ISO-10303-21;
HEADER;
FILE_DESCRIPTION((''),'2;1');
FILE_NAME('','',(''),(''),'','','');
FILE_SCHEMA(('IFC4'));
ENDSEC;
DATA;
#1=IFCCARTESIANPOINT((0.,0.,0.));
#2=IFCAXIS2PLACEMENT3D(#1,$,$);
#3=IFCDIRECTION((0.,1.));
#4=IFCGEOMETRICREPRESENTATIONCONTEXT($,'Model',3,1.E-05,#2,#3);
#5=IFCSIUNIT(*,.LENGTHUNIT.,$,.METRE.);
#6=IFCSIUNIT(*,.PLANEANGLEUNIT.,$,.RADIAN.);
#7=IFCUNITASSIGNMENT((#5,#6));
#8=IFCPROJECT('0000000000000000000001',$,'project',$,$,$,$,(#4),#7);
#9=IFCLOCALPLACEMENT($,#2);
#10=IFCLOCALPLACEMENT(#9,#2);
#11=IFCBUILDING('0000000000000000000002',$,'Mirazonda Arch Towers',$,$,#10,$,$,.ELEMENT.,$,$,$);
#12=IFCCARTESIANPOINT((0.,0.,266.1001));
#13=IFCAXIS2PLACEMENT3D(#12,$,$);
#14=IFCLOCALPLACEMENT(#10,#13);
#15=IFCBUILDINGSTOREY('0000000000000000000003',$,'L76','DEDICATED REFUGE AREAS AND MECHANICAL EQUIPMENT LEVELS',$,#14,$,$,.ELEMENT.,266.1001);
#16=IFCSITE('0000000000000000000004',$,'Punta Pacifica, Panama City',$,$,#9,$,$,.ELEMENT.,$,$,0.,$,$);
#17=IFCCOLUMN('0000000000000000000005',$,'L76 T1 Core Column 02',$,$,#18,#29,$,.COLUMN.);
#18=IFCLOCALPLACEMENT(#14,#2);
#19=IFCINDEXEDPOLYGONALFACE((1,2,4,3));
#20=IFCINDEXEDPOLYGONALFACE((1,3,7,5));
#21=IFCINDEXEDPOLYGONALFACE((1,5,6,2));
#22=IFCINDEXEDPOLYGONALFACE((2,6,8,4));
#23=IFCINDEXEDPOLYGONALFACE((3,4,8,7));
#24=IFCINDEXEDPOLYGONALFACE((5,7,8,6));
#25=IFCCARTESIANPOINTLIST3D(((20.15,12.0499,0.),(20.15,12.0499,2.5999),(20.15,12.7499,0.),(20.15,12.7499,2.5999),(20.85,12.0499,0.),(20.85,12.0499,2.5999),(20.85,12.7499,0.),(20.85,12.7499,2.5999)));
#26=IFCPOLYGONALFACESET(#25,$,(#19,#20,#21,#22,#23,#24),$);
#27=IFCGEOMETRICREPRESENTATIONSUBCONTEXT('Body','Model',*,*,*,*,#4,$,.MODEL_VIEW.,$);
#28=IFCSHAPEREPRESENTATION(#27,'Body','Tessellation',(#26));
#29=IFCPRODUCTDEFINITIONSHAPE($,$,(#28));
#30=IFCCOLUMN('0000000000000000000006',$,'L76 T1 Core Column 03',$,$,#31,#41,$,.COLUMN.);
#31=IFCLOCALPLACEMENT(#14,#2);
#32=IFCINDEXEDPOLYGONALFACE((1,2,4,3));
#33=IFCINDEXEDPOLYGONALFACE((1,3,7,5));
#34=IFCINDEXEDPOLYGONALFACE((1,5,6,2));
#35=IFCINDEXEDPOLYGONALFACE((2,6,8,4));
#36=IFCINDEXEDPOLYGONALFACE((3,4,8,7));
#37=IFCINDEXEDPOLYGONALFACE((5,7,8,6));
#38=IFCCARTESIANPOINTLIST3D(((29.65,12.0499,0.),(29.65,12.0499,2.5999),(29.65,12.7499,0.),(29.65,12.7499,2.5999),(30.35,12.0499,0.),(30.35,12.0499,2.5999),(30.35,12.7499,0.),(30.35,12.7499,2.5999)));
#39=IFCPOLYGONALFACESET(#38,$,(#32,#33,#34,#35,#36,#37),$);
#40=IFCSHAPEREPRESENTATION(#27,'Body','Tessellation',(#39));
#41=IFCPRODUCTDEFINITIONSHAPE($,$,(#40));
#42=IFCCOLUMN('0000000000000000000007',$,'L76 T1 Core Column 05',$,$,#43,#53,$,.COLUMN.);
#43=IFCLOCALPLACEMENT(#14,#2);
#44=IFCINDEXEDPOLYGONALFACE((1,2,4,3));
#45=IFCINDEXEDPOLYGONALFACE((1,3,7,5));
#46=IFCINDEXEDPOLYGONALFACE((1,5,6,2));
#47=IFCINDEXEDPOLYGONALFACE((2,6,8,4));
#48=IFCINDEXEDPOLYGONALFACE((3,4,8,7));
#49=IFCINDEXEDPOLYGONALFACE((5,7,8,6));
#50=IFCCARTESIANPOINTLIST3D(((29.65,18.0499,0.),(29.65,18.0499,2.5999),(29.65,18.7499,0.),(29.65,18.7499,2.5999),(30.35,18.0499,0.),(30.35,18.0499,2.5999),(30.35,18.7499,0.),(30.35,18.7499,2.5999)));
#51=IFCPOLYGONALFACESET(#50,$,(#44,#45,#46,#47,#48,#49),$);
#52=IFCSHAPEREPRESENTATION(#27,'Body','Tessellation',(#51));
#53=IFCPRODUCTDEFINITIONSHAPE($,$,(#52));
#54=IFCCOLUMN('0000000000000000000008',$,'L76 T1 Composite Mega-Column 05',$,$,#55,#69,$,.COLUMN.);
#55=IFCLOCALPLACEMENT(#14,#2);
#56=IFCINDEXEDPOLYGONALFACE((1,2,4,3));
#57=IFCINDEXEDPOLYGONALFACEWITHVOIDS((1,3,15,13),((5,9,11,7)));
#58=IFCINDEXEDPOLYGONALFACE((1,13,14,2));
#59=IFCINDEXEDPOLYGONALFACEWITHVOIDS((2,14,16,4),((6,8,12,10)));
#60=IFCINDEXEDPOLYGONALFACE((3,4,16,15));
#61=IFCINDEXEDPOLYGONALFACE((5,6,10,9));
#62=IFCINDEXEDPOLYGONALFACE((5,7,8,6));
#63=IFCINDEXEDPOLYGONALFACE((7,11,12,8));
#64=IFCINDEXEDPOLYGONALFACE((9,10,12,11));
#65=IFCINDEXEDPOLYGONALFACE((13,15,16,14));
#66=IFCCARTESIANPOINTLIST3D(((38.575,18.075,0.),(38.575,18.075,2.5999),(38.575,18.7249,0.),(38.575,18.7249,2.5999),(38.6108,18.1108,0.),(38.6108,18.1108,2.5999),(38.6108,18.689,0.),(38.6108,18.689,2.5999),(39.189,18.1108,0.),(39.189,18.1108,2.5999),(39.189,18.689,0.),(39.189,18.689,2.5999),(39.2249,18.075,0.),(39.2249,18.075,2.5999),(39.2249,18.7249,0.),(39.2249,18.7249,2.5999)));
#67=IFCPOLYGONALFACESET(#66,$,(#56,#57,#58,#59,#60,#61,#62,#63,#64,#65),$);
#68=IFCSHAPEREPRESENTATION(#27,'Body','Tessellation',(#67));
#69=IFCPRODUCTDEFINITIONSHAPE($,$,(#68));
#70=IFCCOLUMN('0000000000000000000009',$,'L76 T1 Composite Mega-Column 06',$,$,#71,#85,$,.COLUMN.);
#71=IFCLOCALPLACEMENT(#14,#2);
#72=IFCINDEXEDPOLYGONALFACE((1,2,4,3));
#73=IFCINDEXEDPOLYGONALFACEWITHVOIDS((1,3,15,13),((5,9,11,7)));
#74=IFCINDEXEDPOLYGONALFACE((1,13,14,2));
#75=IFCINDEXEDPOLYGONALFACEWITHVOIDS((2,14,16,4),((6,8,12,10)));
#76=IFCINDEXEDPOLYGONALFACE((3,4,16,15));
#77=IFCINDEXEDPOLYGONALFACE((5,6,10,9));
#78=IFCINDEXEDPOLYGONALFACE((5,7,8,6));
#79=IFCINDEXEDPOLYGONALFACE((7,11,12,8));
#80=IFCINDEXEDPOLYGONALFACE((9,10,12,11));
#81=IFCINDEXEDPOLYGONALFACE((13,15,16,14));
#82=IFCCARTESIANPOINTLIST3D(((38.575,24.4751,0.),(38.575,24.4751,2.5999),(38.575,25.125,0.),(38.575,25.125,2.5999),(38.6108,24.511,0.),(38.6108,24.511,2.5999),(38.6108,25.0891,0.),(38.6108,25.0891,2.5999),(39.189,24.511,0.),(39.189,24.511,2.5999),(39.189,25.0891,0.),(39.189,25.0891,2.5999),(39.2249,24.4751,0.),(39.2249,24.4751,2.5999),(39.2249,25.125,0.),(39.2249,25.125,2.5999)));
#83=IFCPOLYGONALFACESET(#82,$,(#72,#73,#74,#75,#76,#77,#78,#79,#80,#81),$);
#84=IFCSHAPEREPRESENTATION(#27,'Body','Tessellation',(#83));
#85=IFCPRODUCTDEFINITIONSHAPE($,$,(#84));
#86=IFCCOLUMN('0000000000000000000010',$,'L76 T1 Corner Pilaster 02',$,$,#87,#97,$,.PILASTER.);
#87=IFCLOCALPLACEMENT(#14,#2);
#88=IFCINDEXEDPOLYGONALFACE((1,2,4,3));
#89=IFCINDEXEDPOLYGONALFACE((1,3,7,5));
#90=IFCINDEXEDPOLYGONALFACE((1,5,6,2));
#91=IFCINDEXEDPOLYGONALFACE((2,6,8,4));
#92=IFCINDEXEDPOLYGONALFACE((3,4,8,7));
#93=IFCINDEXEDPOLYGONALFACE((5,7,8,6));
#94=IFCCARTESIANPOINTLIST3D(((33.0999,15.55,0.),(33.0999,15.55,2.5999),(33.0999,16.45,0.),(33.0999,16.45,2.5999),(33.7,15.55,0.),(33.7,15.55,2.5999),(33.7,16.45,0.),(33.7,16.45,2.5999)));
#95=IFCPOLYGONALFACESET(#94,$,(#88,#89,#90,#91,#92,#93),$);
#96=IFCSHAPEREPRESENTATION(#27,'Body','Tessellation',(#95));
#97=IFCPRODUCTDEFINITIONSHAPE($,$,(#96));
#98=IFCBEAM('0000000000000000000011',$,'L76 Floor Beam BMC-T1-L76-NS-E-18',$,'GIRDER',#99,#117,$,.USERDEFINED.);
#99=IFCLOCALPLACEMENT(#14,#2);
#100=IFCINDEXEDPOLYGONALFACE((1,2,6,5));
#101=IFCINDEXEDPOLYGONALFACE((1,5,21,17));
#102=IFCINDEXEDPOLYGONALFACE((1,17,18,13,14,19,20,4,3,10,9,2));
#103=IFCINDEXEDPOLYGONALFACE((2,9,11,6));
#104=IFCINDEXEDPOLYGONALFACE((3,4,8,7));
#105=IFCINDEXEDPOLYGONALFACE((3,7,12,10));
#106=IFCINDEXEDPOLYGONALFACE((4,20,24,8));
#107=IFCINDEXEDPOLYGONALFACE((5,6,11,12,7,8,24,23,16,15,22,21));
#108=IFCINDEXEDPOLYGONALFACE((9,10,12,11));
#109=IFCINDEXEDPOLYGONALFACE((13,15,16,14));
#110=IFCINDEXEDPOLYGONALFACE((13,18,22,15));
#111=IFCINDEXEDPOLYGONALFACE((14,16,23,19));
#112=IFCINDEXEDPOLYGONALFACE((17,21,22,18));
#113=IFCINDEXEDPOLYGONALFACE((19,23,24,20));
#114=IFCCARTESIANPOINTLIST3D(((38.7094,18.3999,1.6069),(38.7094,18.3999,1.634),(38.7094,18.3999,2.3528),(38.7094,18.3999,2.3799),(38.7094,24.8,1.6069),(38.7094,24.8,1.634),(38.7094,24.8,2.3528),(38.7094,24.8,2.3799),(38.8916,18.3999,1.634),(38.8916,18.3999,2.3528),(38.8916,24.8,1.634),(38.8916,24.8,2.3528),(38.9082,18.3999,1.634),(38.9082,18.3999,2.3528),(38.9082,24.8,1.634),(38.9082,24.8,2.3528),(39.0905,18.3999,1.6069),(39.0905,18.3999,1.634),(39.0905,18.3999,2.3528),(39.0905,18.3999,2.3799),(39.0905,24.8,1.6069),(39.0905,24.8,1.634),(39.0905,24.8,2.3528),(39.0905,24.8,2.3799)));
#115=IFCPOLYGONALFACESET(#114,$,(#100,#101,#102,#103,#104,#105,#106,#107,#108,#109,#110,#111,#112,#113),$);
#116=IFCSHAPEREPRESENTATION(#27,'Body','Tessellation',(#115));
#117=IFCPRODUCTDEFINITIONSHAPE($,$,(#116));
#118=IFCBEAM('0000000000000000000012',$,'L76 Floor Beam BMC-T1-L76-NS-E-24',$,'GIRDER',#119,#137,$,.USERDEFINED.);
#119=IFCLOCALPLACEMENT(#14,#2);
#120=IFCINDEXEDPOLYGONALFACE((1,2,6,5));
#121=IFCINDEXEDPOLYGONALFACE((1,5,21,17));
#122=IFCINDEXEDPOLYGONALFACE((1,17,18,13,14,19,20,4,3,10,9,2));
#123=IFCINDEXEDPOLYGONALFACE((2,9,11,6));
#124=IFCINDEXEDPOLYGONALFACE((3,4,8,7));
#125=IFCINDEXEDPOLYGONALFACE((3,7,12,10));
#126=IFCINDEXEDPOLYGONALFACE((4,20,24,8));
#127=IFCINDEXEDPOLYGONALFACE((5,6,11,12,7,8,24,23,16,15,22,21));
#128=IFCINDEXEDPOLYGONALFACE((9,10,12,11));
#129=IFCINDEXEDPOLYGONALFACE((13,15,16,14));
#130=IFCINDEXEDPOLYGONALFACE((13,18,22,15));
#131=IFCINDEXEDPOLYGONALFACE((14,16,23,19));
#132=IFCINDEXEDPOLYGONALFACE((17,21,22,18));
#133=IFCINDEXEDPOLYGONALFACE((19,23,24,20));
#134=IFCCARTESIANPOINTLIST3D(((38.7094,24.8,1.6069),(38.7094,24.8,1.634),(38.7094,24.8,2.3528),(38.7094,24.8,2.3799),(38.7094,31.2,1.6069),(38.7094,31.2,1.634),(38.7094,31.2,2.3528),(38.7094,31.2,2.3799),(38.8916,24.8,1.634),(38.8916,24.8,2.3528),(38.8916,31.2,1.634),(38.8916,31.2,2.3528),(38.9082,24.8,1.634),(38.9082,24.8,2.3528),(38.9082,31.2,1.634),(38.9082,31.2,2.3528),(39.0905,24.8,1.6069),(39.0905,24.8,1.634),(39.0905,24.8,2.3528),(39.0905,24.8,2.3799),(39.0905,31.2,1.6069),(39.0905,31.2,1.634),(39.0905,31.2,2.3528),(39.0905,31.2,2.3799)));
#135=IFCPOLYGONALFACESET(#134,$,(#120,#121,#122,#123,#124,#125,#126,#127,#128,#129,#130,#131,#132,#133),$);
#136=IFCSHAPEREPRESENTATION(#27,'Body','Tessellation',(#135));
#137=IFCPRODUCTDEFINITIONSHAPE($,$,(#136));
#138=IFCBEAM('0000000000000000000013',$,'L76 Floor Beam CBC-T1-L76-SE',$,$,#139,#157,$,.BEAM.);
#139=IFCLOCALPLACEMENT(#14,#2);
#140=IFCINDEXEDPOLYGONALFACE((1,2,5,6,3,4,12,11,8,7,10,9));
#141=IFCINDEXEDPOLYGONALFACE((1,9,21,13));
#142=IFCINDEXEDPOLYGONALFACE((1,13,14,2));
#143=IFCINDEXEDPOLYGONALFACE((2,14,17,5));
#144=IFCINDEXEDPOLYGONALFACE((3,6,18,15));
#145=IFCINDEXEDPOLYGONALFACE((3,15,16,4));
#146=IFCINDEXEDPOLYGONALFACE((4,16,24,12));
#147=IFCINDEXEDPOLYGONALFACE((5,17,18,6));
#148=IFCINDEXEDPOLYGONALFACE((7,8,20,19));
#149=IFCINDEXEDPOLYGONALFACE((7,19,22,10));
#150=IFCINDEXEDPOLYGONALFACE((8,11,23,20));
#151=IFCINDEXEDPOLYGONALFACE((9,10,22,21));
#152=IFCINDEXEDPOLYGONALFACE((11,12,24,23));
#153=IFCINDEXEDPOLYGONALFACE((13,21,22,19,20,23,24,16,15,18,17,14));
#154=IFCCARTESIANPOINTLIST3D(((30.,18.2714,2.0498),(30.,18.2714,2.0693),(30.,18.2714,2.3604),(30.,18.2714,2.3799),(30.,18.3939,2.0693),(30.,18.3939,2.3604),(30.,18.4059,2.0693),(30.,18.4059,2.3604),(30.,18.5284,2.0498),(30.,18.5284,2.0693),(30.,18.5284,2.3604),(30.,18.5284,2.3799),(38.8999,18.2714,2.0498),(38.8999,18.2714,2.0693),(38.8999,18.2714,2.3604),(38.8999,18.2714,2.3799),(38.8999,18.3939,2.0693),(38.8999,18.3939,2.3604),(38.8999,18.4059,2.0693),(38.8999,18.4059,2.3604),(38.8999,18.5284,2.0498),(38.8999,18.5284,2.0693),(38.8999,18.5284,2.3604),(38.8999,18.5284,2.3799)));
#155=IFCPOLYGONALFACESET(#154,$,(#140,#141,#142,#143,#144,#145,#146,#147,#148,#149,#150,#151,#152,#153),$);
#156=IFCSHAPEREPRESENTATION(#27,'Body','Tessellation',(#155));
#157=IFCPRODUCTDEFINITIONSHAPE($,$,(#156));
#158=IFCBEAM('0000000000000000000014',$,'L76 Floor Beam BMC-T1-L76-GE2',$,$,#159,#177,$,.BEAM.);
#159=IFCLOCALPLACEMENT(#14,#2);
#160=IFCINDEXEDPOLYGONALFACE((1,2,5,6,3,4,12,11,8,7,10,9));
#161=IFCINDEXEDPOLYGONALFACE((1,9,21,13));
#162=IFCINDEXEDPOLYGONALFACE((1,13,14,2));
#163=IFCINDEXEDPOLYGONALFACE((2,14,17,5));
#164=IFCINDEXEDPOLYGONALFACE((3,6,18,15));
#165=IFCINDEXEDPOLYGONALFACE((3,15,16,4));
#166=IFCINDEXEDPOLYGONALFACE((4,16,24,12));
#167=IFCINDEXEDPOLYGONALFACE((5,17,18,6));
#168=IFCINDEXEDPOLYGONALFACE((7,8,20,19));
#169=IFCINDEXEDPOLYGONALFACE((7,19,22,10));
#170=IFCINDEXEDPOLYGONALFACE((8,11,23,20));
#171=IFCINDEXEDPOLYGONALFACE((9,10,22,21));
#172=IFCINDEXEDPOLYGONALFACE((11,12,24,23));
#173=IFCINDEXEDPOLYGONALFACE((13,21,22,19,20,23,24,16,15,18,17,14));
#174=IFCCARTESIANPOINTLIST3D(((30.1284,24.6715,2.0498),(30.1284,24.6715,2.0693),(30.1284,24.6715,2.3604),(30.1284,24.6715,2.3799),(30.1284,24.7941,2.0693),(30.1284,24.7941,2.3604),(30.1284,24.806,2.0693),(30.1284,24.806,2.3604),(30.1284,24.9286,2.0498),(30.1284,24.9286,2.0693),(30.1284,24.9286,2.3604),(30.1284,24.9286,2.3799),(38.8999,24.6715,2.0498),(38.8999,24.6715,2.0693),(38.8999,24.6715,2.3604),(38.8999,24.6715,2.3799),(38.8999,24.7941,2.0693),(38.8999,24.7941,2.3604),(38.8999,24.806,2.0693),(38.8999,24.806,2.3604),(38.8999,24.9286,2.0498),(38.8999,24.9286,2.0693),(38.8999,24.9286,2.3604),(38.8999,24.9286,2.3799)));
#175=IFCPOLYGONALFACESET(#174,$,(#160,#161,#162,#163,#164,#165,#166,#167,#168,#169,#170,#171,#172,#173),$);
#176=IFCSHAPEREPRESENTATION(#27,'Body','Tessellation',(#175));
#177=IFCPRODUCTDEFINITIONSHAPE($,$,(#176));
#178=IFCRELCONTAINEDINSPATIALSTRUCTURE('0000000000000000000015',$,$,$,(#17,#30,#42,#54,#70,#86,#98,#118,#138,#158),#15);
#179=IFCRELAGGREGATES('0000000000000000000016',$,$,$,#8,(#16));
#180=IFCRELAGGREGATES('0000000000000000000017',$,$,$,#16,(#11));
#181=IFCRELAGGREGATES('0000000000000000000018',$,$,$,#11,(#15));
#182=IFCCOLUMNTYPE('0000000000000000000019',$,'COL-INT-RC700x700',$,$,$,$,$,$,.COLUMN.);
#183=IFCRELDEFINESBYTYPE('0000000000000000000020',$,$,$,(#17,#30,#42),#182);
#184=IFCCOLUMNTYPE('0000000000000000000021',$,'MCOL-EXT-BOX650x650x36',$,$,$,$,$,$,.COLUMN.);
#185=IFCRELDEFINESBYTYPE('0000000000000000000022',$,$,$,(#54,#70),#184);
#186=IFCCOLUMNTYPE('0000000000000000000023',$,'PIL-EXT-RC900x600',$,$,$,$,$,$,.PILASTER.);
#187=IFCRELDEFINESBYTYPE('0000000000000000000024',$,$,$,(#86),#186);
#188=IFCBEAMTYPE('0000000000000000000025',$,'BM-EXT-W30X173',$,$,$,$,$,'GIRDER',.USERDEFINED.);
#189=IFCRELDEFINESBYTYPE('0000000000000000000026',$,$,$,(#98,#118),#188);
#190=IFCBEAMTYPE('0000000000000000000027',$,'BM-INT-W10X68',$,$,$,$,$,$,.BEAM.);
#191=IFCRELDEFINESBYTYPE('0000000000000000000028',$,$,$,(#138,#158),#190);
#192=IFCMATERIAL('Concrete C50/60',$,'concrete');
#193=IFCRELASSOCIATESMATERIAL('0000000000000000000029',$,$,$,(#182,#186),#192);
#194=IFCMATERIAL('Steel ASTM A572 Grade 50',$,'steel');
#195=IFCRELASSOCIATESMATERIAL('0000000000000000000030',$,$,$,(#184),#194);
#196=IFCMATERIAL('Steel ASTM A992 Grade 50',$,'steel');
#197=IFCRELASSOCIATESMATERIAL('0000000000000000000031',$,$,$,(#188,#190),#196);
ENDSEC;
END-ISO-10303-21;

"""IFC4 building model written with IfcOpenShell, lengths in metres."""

from ifc_helpers import new_model, si_unit, direction, frame, origin, origin_2d, place, context, subcontext, project, spatial, rectangle, hollow_rectangle, i_section, extrude, material, material_profile, profile_set, type_object, element, save


model = new_model("IFC4")

# Units and contexts
model_context = context("Model", 3, precision=1e-05, world=origin(), true_north=direction((0.0, 1.0)))
body_context = subcontext(model_context, "Body", "Model", "MODEL_VIEW")
ifc_project = project(units=[si_unit("LENGTHUNIT", "METRE"), si_unit("PLANEANGLEUNIT", "RADIAN")], contexts=[model_context])

# Site, building, storey
site_placement = place(None, origin())
site = spatial("IfcSite", under=ifc_project, at=site_placement, Name="Punta Pacifica, Panama City", CompositionType="ELEMENT", RefElevation=0.0)
building_placement = place(site_placement, origin())
building = spatial("IfcBuilding", under=site, at=building_placement, Name="Mirazonda Arch Towers", CompositionType="ELEMENT")
storey_placement = place(building_placement, frame((0.0, 0.0, 266.1001)))
storey = spatial("IfcBuildingStorey", under=building, at=storey_placement, Name="L76", Description="DEDICATED REFUGE AREAS AND MECHANICAL EQUIPMENT LEVELS", CompositionType="ELEMENT", Elevation=266.1001)

# Columns
ifc_material_1 = material(Name="Concrete C50/60", Category="concrete")
ifc_material_profile_1 = material_profile(ifc_material_1, rectangle(XDim=0.7, YDim=0.7, at=origin_2d()), Name="RC700x700")
ifc_profile_set_1 = profile_set([ifc_material_profile_1], Name="Concrete C50/60")
column_type_1 = type_object("IfcColumnType", Name="COL-INT-RC700x700", PredefinedType="COLUMN", material=ifc_profile_set_1)
for number, where, z_axis, x_axis, name in (
    (1, (20.5, 12.3999, 0.0), (0.0, 0.0, 1.0), (1.0, 0.0, 0.0), "L76 T1 Core Column 02"),
    (2, (30.0, 12.3999, 0.0), (0.0, 0.0, 1.0), (1.0, 0.0, 0.0), "L76 T1 Core Column 03"),
    (3, (30.0, 18.3999, 0.0), (0.0, 0.0, 1.0), (1.0, 0.0, 0.0), "L76 T1 Core Column 05"),
):
    element("IfcColumn", number, at=place(storey_placement, frame(where, z_axis=z_axis, x_axis=x_axis)), inside=storey, type_object=column_type_1, Name=name, PredefinedType="COLUMN", context=body_context, shape_type="SweptSolid", body=[
        extrude(rectangle(XDim=0.7, YDim=0.7, at=origin_2d()), origin(), (0.0, 0.0, 1.0), 2.5999),
    ])
ifc_material_2 = material(Name="Steel ASTM A572 Grade 50", Category="steel")
ifc_material_profile_2 = material_profile(ifc_material_2, hollow_rectangle(XDim=0.6499, YDim=0.6499, WallThickness=0.0359, at=origin_2d()), Name="BOX650x650x36")
ifc_profile_set_2 = profile_set([ifc_material_profile_2], Name="Steel ASTM A572 Grade 50")
column_type_2 = type_object("IfcColumnType", Name="MCOL-EXT-BOX650x650x36", PredefinedType="COLUMN", material=ifc_profile_set_2)
for number, where, z_axis, x_axis, name in (
    (4, (38.8999, 18.3999, 0.0), (0.0, 0.0, 1.0), (1.0, 0.0, 0.0), "L76 T1 Composite Mega-Column 05"),
    (5, (38.8999, 24.8, 0.0), (0.0, 0.0, 1.0), (1.0, 0.0, 0.0), "L76 T1 Composite Mega-Column 06"),
):
    element("IfcColumn", number, at=place(storey_placement, frame(where, z_axis=z_axis, x_axis=x_axis)), inside=storey, type_object=column_type_2, Name=name, PredefinedType="COLUMN", context=body_context, shape_type="SweptSolid", body=[
        extrude(hollow_rectangle(XDim=0.6499, YDim=0.6499, WallThickness=0.0359, at=origin_2d()), origin(), (0.0, 0.0, 1.0), 2.5999),
    ])
ifc_material_profile_3 = material_profile(ifc_material_1, rectangle(XDim=0.6001, YDim=0.8999, at=origin_2d()), Name="RC900x600")
ifc_profile_set_3 = profile_set([ifc_material_profile_3], Name="Concrete C50/60")
column_type_3 = type_object("IfcColumnType", Name="PIL-EXT-RC900x600", PredefinedType="PILASTER", material=ifc_profile_set_3)
column_placement = place(storey_placement, frame((33.3999, 16.0, 0.0), z_axis=(0.0, 0.0, 1.0), x_axis=(1.0, 0.0, 0.0)))
element("IfcColumn", 6, at=column_placement, inside=storey, type_object=column_type_3, Name="L76 T1 Corner Pilaster 02", PredefinedType="PILASTER", context=body_context, shape_type="SweptSolid", body=[
    extrude(rectangle(XDim=0.6001, YDim=0.8999, at=origin_2d()), origin(), (0.0, 0.0, 1.0), 2.5999),
])

# Beams
ifc_material_3 = material(Name="Steel ASTM A992 Grade 50", Category="steel")
ifc_material_profile_4 = material_profile(ifc_material_3, i_section(OverallWidth=0.3811, OverallDepth=0.7729, WebThickness=0.0166, FlangeThickness=0.0271, at=origin_2d()), Name="W30X173")
ifc_profile_set_4 = profile_set([ifc_material_profile_4], Name="Steel ASTM A992 Grade 50")
beam_type_1 = type_object("IfcBeamType", Name="BM-EXT-W30X173", ElementType="GIRDER", PredefinedType="USERDEFINED", material=ifc_profile_set_4)
beam_1_placement = place(storey_placement, frame((38.8999, 18.3999, 1.9934), z_axis=(0.0, 1.0, 0.0), x_axis=(-1.0, 0.0, 0.0)))
element("IfcBeam", 7, at=beam_1_placement, inside=storey, type_object=beam_type_1, Name="L76 Floor Beam BMC-T1-L76-NS-E-18", ObjectType="GIRDER", PredefinedType="USERDEFINED", context=body_context, shape_type="SweptSolid", body=[
    extrude(i_section(OverallWidth=0.3811, OverallDepth=0.7729, WebThickness=0.0166, FlangeThickness=0.0271, at=origin_2d()), origin(), (0.0, 0.0, 1.0), 6.4001),
])
beam_2_placement = place(storey_placement, frame((38.8999, 24.8, 1.9934), z_axis=(0.0, 1.0, 0.0), x_axis=(-1.0, 0.0, 0.0)))
element("IfcBeam", 8, at=beam_2_placement, inside=storey, type_object=beam_type_1, Name="L76 Floor Beam BMC-T1-L76-NS-E-24", ObjectType="GIRDER", PredefinedType="USERDEFINED", context=body_context, shape_type="SweptSolid", body=[
    extrude(i_section(OverallWidth=0.3811, OverallDepth=0.7729, WebThickness=0.0166, FlangeThickness=0.0271, at=origin_2d()), origin(), (0.0, 0.0, 1.0), 6.3999),
])
ifc_material_profile_5 = material_profile(ifc_material_3, i_section(OverallWidth=0.2571, OverallDepth=0.3301, WebThickness=0.012, FlangeThickness=0.0195, at=origin_2d()), Name="W10X68")
ifc_profile_set_5 = profile_set([ifc_material_profile_5], Name="Steel ASTM A992 Grade 50")
beam_type_2 = type_object("IfcBeamType", Name="BM-INT-W10X68", PredefinedType="BEAM", material=ifc_profile_set_5)
beam_3_placement = place(storey_placement, frame((30.0, 18.3999, 2.2148), z_axis=(1.0, 0.0, 0.0), x_axis=(0.0, 1.0, 0.0)))
element("IfcBeam", 9, at=beam_3_placement, inside=storey, type_object=beam_type_2, Name="L76 Floor Beam CBC-T1-L76-SE", PredefinedType="BEAM", context=body_context, shape_type="SweptSolid", body=[
    extrude(i_section(OverallWidth=0.2571, OverallDepth=0.3301, WebThickness=0.012, FlangeThickness=0.0195, at=origin_2d()), origin(), (0.0, 0.0, 1.0), 8.8999),
])
beam_4_placement = place(storey_placement, frame((30.1284, 24.8, 2.2148), z_axis=(1.0, 0.0, 0.0), x_axis=(0.0, 1.0, 0.0)))
element("IfcBeam", 10, at=beam_4_placement, inside=storey, type_object=beam_type_2, Name="L76 Floor Beam BMC-T1-L76-GE2", PredefinedType="BEAM", context=body_context, shape_type="SweptSolid", body=[
    extrude(i_section(OverallWidth=0.2571, OverallDepth=0.3301, WebThickness=0.012, FlangeThickness=0.0195, at=origin_2d()), origin(), (0.0, 0.0, 1.0), 8.7715),
])

save(model, "model.ifc")
